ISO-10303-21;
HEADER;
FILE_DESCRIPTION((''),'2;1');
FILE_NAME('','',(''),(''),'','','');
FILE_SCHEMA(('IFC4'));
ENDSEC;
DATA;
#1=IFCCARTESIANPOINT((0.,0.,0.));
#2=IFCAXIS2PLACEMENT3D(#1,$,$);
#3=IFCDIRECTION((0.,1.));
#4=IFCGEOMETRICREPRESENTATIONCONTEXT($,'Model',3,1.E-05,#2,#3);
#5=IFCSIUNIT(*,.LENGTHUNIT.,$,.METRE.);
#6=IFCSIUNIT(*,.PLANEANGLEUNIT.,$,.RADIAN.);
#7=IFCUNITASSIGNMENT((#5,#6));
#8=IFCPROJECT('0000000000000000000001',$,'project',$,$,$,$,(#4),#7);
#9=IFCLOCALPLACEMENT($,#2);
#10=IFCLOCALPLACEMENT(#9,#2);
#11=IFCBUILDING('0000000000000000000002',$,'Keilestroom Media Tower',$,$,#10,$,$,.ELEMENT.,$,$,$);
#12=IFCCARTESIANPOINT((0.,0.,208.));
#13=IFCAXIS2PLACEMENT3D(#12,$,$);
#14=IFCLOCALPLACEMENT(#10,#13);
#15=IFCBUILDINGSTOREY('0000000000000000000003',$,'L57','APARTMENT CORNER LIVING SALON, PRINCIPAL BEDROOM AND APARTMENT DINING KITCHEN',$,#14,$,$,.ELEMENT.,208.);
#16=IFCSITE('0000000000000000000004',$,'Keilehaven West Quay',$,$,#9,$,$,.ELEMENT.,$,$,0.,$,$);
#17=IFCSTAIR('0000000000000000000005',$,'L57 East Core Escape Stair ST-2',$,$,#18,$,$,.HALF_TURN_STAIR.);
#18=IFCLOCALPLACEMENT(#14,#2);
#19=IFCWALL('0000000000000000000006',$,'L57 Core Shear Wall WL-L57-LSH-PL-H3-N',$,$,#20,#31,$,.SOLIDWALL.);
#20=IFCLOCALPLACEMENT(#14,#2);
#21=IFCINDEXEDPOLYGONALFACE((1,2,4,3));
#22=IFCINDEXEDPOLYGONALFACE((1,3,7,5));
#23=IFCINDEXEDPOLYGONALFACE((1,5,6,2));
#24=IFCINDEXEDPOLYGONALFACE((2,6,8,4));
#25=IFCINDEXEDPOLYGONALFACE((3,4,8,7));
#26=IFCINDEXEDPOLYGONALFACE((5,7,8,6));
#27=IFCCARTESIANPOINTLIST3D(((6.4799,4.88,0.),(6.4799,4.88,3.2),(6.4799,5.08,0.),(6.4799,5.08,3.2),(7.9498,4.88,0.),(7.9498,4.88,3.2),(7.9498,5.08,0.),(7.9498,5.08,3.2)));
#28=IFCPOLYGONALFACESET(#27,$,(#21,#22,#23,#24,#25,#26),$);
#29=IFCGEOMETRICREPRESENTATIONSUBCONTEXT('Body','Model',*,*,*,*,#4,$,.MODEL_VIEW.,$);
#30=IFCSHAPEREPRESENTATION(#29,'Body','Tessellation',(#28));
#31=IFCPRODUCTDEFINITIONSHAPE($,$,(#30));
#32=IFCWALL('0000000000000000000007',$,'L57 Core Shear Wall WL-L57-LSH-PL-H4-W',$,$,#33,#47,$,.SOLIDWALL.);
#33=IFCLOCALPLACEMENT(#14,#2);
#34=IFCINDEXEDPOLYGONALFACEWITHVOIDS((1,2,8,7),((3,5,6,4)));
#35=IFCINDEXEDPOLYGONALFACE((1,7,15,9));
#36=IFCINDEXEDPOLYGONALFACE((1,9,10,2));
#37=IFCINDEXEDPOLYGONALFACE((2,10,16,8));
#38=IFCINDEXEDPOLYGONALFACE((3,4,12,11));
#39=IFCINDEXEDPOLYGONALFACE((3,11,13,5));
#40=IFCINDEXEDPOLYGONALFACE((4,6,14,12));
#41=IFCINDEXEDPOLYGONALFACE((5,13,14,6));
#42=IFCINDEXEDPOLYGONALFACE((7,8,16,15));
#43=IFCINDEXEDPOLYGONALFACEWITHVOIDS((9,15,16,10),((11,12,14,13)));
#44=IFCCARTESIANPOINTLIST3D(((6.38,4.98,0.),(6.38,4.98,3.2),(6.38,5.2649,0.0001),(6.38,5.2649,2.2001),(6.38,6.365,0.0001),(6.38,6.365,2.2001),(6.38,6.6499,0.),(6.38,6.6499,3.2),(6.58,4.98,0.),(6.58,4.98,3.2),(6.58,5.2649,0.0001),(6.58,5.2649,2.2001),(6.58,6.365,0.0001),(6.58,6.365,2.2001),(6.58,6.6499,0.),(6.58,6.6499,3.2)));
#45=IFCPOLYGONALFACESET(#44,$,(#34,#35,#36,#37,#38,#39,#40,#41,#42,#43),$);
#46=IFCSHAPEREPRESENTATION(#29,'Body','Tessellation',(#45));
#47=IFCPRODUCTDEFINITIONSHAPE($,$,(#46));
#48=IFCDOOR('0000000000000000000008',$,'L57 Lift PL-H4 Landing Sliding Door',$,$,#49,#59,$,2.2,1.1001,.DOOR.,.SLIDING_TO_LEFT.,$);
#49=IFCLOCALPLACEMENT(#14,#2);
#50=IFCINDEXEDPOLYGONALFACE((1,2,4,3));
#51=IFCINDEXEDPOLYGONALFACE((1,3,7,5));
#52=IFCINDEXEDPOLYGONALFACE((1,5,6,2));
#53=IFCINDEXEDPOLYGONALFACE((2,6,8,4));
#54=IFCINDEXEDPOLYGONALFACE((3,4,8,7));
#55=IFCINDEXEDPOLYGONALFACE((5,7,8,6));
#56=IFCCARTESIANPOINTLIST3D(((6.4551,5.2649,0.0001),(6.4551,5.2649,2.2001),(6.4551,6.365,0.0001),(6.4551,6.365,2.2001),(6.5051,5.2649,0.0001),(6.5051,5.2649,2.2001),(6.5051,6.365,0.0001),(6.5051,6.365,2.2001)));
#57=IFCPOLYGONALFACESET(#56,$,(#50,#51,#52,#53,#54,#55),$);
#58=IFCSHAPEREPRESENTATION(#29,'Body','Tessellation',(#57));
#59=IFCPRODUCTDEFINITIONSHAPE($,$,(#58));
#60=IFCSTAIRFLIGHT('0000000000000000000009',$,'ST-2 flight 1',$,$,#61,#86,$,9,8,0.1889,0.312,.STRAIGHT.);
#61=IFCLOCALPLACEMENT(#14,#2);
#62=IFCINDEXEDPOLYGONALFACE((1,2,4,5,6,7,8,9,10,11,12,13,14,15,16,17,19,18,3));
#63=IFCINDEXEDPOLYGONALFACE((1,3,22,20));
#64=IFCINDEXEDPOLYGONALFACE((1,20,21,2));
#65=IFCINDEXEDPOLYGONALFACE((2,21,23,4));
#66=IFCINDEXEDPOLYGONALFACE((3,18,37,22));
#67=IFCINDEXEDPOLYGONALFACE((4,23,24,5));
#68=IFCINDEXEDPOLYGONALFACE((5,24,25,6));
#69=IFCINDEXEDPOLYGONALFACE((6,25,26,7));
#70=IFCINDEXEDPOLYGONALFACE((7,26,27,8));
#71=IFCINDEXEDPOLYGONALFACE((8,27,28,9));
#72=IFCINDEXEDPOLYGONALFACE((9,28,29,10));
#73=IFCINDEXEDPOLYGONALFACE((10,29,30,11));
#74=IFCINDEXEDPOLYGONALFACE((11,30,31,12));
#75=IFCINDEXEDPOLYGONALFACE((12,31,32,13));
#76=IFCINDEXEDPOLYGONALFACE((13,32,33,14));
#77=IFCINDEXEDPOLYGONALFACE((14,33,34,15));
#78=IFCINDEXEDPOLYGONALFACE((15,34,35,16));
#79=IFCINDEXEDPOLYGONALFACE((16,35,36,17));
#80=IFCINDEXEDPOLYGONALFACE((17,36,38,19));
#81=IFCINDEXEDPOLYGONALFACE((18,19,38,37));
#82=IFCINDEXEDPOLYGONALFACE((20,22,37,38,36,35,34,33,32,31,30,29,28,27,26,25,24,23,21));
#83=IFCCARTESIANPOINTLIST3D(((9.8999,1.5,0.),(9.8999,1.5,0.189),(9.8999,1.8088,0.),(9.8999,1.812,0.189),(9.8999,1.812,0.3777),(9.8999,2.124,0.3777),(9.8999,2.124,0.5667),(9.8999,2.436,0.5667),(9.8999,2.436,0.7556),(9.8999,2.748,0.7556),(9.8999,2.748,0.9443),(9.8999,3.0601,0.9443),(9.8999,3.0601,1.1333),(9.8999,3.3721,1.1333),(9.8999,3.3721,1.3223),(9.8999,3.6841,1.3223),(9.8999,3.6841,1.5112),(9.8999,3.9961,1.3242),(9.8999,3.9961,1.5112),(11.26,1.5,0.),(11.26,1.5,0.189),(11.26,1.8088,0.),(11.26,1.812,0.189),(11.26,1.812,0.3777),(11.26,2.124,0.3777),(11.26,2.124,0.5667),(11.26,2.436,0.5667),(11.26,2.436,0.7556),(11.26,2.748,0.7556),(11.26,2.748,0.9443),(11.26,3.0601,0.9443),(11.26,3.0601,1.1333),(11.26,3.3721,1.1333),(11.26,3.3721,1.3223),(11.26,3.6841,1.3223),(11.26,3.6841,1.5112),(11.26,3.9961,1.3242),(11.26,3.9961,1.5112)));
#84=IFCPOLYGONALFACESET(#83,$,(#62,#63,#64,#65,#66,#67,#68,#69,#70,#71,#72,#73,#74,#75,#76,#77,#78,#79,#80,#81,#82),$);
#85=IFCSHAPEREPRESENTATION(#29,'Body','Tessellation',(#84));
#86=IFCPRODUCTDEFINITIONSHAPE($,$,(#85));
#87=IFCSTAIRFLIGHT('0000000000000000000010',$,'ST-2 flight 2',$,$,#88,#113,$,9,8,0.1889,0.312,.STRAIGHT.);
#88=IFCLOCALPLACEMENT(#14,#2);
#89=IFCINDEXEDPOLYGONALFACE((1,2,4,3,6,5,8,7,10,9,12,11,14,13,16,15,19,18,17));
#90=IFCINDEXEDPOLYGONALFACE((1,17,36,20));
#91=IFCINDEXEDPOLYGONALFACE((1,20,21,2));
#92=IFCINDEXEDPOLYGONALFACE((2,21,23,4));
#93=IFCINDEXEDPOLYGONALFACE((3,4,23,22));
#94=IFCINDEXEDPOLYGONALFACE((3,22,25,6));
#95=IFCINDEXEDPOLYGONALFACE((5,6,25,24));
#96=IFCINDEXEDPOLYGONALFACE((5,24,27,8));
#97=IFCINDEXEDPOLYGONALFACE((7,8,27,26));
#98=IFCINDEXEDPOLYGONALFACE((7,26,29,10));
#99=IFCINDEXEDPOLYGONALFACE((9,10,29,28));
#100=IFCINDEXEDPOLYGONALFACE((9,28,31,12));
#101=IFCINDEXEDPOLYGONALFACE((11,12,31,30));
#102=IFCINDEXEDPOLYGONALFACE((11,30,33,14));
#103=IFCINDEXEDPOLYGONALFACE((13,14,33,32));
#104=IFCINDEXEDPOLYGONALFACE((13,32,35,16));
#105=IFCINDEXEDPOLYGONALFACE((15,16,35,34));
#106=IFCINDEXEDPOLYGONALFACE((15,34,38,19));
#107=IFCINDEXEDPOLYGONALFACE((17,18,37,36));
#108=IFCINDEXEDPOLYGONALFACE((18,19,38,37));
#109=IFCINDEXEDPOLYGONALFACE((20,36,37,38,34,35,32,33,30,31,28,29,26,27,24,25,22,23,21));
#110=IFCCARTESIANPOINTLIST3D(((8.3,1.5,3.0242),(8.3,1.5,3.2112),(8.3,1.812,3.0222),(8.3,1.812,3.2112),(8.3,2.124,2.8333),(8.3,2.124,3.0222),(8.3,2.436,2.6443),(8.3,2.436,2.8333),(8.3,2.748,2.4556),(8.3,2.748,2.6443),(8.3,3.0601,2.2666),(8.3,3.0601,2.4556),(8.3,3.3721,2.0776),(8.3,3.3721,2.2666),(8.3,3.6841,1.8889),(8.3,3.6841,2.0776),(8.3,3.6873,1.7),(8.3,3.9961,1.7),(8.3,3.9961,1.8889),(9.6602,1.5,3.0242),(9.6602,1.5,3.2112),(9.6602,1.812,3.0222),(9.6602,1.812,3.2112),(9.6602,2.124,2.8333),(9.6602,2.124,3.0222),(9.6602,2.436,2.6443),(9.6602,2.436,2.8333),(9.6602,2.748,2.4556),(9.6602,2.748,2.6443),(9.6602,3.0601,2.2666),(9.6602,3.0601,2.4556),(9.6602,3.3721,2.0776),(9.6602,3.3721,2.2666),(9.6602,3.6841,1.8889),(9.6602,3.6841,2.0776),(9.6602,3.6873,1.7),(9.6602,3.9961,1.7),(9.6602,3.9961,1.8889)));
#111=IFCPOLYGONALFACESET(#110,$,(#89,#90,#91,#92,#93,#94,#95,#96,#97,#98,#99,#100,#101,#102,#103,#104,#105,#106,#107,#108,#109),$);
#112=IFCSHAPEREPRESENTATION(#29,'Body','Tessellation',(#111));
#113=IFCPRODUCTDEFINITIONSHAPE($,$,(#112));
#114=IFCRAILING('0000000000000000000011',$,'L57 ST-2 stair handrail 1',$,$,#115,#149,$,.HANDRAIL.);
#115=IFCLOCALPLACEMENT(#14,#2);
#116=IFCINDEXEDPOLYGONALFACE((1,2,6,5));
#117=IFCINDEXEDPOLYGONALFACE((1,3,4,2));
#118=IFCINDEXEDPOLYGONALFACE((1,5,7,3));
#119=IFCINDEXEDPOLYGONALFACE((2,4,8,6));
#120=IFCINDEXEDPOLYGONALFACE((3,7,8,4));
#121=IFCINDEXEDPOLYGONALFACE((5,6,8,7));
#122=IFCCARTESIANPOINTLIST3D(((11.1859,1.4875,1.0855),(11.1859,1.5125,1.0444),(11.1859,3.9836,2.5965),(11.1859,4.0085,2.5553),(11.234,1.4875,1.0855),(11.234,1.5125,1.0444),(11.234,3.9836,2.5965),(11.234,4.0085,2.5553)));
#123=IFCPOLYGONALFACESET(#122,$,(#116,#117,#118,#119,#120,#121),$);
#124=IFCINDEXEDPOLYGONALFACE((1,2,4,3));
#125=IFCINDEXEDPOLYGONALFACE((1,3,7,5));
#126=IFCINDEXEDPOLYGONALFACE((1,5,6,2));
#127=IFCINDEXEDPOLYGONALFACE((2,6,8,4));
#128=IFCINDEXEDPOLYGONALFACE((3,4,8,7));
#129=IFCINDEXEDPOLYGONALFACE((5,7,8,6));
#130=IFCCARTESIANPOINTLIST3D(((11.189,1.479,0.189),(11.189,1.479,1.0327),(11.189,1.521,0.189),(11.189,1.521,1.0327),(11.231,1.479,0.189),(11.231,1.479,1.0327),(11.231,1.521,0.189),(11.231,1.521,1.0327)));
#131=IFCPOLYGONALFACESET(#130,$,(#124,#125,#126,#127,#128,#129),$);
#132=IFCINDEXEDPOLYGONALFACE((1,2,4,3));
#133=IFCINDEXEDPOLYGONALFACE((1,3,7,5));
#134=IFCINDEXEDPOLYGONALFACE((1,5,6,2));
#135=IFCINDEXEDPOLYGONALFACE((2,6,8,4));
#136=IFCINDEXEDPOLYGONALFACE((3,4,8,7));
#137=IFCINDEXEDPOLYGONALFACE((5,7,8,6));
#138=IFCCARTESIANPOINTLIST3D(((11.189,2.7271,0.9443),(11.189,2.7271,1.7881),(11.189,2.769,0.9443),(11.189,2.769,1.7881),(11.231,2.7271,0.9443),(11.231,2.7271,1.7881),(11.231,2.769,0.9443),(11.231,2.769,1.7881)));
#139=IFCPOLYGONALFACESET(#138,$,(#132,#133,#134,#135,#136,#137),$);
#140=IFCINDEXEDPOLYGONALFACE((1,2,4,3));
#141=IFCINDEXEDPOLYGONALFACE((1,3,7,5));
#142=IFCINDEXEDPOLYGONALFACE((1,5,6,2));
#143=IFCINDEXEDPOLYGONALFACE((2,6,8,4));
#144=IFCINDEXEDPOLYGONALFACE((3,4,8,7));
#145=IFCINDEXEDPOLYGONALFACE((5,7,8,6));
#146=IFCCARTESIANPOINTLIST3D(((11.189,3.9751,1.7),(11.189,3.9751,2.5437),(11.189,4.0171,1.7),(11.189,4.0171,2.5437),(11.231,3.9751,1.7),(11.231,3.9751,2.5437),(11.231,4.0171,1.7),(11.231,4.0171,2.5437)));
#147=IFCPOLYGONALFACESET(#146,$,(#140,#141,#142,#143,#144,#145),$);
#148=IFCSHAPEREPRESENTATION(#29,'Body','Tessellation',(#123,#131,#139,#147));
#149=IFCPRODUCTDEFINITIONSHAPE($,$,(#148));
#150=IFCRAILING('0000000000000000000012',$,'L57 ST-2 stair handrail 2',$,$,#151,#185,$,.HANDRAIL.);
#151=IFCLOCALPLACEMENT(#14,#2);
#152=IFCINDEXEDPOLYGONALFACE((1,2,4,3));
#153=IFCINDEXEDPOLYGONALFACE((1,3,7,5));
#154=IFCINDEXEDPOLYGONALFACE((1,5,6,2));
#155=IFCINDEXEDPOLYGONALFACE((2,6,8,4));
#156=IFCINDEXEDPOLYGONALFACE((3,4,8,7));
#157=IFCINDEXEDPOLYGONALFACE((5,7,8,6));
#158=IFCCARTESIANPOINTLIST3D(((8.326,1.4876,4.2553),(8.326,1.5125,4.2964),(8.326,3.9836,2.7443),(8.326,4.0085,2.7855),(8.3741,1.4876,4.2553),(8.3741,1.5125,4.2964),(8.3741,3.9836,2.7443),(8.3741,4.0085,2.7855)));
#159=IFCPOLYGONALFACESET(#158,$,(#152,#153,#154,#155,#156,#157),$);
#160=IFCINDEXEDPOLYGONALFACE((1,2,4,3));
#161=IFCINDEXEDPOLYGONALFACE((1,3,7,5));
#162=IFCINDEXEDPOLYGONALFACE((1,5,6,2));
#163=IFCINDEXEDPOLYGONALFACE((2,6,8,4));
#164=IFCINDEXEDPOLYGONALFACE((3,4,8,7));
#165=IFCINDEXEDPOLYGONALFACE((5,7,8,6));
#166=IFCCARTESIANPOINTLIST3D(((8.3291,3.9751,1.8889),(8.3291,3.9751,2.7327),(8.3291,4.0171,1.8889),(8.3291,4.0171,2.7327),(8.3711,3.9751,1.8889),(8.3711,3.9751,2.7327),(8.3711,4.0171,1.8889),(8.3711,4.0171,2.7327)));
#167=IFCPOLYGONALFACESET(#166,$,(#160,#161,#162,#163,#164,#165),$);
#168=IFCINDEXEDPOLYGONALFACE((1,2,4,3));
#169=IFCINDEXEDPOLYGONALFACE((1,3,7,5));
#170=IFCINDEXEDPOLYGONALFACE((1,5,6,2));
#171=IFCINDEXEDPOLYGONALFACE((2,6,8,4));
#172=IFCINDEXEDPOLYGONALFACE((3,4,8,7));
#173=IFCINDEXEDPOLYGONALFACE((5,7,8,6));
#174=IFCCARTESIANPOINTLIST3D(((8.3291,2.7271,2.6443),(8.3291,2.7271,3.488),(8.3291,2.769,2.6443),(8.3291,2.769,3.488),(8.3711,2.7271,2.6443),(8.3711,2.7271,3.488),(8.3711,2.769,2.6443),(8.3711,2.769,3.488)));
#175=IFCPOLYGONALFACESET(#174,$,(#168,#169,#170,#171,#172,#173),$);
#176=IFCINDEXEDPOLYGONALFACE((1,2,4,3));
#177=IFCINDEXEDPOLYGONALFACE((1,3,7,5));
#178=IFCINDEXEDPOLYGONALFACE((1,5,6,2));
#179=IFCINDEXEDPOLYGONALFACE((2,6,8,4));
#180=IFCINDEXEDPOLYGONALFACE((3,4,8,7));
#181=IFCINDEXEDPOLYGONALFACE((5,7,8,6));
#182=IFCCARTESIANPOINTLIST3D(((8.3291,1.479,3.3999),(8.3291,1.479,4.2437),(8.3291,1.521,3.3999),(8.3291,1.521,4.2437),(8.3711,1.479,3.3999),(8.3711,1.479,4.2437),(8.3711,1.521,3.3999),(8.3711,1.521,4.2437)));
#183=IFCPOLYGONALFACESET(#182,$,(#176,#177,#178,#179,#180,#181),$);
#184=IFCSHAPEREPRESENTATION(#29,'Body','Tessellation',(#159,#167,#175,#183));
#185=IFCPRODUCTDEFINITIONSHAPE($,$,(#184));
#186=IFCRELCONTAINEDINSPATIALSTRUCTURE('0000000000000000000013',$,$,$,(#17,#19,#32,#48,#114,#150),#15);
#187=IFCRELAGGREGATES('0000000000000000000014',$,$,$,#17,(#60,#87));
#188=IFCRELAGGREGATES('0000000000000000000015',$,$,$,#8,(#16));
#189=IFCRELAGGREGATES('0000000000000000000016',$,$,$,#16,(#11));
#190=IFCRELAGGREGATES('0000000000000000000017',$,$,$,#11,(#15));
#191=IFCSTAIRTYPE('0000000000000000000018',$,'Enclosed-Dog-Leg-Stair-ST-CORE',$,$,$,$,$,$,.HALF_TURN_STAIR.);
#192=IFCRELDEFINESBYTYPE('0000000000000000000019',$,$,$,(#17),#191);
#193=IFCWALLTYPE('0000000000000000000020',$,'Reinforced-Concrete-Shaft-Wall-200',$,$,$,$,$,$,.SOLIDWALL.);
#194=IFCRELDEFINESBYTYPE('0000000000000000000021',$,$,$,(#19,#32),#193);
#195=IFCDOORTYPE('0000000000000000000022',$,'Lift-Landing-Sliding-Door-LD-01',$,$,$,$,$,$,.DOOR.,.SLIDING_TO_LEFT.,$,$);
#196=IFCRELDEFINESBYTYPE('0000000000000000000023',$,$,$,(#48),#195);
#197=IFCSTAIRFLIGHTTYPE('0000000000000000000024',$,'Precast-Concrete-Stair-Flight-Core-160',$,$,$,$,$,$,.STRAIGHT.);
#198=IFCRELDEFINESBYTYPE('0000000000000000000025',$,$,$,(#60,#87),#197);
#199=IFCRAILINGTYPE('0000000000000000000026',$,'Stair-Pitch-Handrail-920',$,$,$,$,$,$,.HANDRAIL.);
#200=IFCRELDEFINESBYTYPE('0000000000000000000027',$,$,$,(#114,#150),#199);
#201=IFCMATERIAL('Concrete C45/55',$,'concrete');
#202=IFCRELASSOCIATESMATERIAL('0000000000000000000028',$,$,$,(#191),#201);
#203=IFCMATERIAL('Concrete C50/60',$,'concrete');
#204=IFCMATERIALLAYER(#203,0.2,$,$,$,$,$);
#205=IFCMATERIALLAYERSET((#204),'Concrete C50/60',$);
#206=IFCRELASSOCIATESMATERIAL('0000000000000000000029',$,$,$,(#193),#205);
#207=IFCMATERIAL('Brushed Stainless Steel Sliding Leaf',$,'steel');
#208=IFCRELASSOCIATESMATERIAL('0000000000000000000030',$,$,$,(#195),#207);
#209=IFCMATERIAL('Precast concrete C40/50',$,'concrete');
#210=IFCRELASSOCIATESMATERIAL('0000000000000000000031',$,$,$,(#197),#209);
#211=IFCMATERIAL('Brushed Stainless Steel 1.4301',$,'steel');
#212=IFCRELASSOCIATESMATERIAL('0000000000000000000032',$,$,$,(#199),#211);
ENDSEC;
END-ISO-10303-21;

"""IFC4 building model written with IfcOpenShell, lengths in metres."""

from ifc_helpers import new_model, si_unit, direction, frame, frame_2d, origin, origin_2d, place, context, subcontext, project, spatial, polyline, rectangle, outline, extrude, source, transform, mapped, material, layer, layer_set, type_object, element, fill, aggregate, save


model = new_model("IFC4")

# Units and contexts
model_context = context("Model", 3, precision=1e-05, world=origin(), true_north=direction((0.0, 1.0)))
body_context = subcontext(model_context, "Body", "Model", "MODEL_VIEW")
ifc_project = project(units=[si_unit("LENGTHUNIT", "METRE"), si_unit("PLANEANGLEUNIT", "RADIAN")], contexts=[model_context])

# Site, building, storey
site_placement = place(None, origin())
site = spatial("IfcSite", under=ifc_project, at=site_placement, Name="Keilehaven West Quay", CompositionType="ELEMENT", RefElevation=0.0)
building_placement = place(site_placement, origin())
building = spatial("IfcBuilding", under=site, at=building_placement, Name="Keilestroom Media Tower", CompositionType="ELEMENT")
storey_placement = place(building_placement, frame((0.0, 0.0, 208.0)))
storey = spatial("IfcBuildingStorey", under=building, at=storey_placement, Name="L57", Description="APARTMENT CORNER LIVING SALON, PRINCIPAL BEDROOM AND APARTMENT DINING KITCHEN", CompositionType="ELEMENT", Elevation=208.0)

# Stair
ifc_material_1 = material(Name="Concrete C45/55", Category="concrete")
stair_type = type_object("IfcStairType", Name="Enclosed-Dog-Leg-Stair-ST-CORE", PredefinedType="HALF_TURN_STAIR", material=ifc_material_1)
stair_1_placement = place(storey_placement, origin())
stair_1 = element("IfcStair", 1, at=stair_1_placement, inside=storey, type_object=stair_type, Name="L57 East Core Escape Stair ST-2", PredefinedType="HALF_TURN_STAIR")

# Shared definitions
ifc_material_2 = material(Name="Concrete C50/60", Category="concrete")
ifc_layer_1 = layer(ifc_material_2, 0.2)
ifc_layer_set_1 = layer_set([ifc_layer_1], Name="Concrete C50/60")
wall_type_1 = type_object("IfcWallType", Name="Reinforced-Concrete-Shaft-Wall-200", PredefinedType="SOLIDWALL", material=ifc_layer_set_1)

# Shared definitions
ifc_material_3 = material(Name="Brushed Stainless Steel Sliding Leaf", Category="steel")
door_type = type_object("IfcDoorType", Name="Lift-Landing-Sliding-Door-LD-01", OperationType="SLIDING_TO_LEFT", PredefinedType="DOOR", material=ifc_material_3)
shared_shape_1 = source(origin(), body_context, "Body", "SweptSolid", [
    extrude(rectangle(XDim=1.1001, YDim=2.2, at=frame_2d((0.55, 1.1001))), frame((0.0, 0.0249, 0.0), z_axis=(0.0, -1.0, 0.0), x_axis=(1.0, 0.0, 0.0)), (0.0, 0.0, 1.0), 0.05),
])

# Wall
wall_1_placement = place(storey_placement, frame((6.48, 4.98, 0.0), z_axis=(0.0, 0.0, 1.0), x_axis=(1.0, 0.0, 0.0)))
element("IfcWall", 2, at=wall_1_placement, inside=storey, type_object=wall_type_1, Name="L57 Core Shear Wall WL-L57-LSH-PL-H3-N", PredefinedType="SOLIDWALL", context=body_context, shape_type="SweptSolid", body=[
    extrude(rectangle(XDim=1.47, YDim=0.2, at=frame_2d((0.7349, 0.0))), origin(), (0.0, 0.0, 1.0), 3.2),
])

# Wall, opening, door
wall_2_placement = place(storey_placement, frame((6.48, 4.98, 0.0), z_axis=(0.0, 0.0, 1.0), x_axis=(0.0, 1.0, 0.0)))
wall_2 = element("IfcWall", 3, at=wall_2_placement, inside=storey, type_object=wall_type_1, Name="L57 Core Shear Wall WL-L57-LSH-PL-H4-W", PredefinedType="SOLIDWALL", context=body_context, shape_type="SweptSolid", body=[
    extrude(rectangle(XDim=1.6699, YDim=0.2, at=frame_2d((0.835, 0.0))), origin(), (0.0, 0.0, 1.0), 3.2),
])
opening_1_placement = place(wall_2_placement, frame((0.2849, 0.0, 0.0)))
opening_1 = element("IfcOpeningElement", 4, at=opening_1_placement, cuts=wall_2, PredefinedType="OPENING", context=body_context, shape_type="SweptSolid", body=[
    extrude(rectangle(XDim=1.1001, YDim=2.2, at=frame_2d((0.55, 1.1001))), frame((0.0, 0.1099, 0.0), z_axis=(0.0, -1.0, 0.0), x_axis=(1.0, 0.0, 0.0)), (0.0, 0.0, 1.0), 0.22),
])
door_1_placement = place(opening_1_placement, origin())
door_1 = element("IfcDoor", 5, at=door_1_placement, inside=storey, type_object=door_type, Name="L57 Lift PL-H4 Landing Sliding Door", OperationType="SLIDING_TO_LEFT", OverallHeight=2.2, OverallWidth=1.1001, PredefinedType="DOOR", context=body_context, shape_type="MappedRepresentation", body=[
    mapped(shared_shape_1, transform((0.0, 0.0, 0.0), x_axis=(1.0, 0.0, 0.0), y_axis=(0.0, 1.0, 0.0), z_axis=(0.0, 0.0, 1.0), scale=1.0)),
])
fill(opening_1, door_1)

# Stair flights
ifc_material_4 = material(Name="Precast concrete C40/50", Category="concrete")
stair_flight_type = type_object("IfcStairFlightType", Name="Precast-Concrete-Stair-Flight-Core-160", PredefinedType="STRAIGHT", material=ifc_material_4)
stair_flight_1_placement = place(storey_placement, frame((10.5801, 1.5, 0.0), z_axis=(0.0, 0.0, 1.0), x_axis=(0.0, 1.0, 0.0)))
stair_flight_1 = element("IfcStairFlight", 6, at=stair_flight_1_placement, type_object=stair_flight_type, Name="ST-2 flight 1", NumberOfRisers=9, NumberOfTreads=8, PredefinedType="STRAIGHT", RiserHeight=0.1889, TreadLength=0.312, context=body_context, shape_type="SweptSolid", body=[
    extrude(outline(polyline([(0.0, 0.0), (0.0, 0.189), (0.312, 0.189), (0.312, 0.3777), (0.624, 0.3777), (0.624, 0.5667), (0.936, 0.5667), (0.936, 0.7556), (1.248, 0.7556), (1.248, 0.9443), (1.5601, 0.9443), (1.5601, 1.1333), (1.8721, 1.1333), (1.8721, 1.3223), (2.1841, 1.3223), (2.1841, 1.5112), (2.4961, 1.5112), (2.4961, 1.7), (2.4961, 1.3242), (0.3088, 0.0), (0.0, 0.0)])), frame((0.0, 0.6802, 0.0), z_axis=(0.0, -1.0, 0.0), x_axis=(1.0, 0.0, 0.0)), (0.0, 0.0, 1.0), 1.3601),
])
stair_flight_2_placement = place(storey_placement, frame((8.98, 3.9961, 1.7), z_axis=(0.0, 0.0, 1.0), x_axis=(0.0, -1.0, 0.0)))
stair_flight_2 = element("IfcStairFlight", 7, at=stair_flight_2_placement, type_object=stair_flight_type, Name="ST-2 flight 2", NumberOfRisers=9, NumberOfTreads=8, PredefinedType="STRAIGHT", RiserHeight=0.1889, TreadLength=0.312, context=body_context, shape_type="SweptSolid", body=[
    extrude(outline(polyline([(0.0, 0.0), (0.0, 0.189), (0.312, 0.189), (0.312, 0.3777), (0.624, 0.3777), (0.624, 0.5667), (0.936, 0.5667), (0.936, 0.7556), (1.248, 0.7556), (1.248, 0.9443), (1.5601, 0.9443), (1.5601, 1.1333), (1.8721, 1.1333), (1.8721, 1.3223), (2.1841, 1.3223), (2.1841, 1.5112), (2.4961, 1.5112), (2.4961, 1.7), (2.4961, 1.3242), (0.3088, 0.0), (0.0, 0.0)])), frame((0.0, 0.6802, 0.0), z_axis=(0.0, -1.0, 0.0), x_axis=(1.0, 0.0, 0.0)), (0.0, 0.0, 1.0), 1.3601),
])
aggregate(stair_1, [stair_flight_1, stair_flight_2])

# Railings
ifc_material_5 = material(Name="Brushed Stainless Steel 1.4301", Category="steel")
railing_type_1 = type_object("IfcRailingType", Name="Stair-Pitch-Handrail-920", PredefinedType="HANDRAIL", material=ifc_material_5)
railing_1_placement = place(storey_placement, frame((11.21, 1.5, 0.189)))
element("IfcRailing", 8, at=railing_1_placement, inside=storey, type_object=railing_type_1, Name="L57 ST-2 stair handrail 1", PredefinedType="HANDRAIL", context=body_context, shape_type="SweptSolid", body=[
    extrude(rectangle(XDim=0.0481, YDim=0.0481, at=origin_2d()), frame((0.0, 0.0, 0.876), z_axis=(0.0, 0.855471, 0.517851), x_axis=(-1.0, 0.0, 0.0)), (0.0, 0.0, 1.0), 2.9177),
    extrude(rectangle(XDim=0.042, YDim=0.042, at=origin_2d()), origin(), (0.0, 0.0, 1.0), 0.8438),
    extrude(rectangle(XDim=0.042, YDim=0.042, at=origin_2d()), frame((0.0, 1.248, 0.7554)), (0.0, 0.0, 1.0), 0.8438),
    extrude(rectangle(XDim=0.042, YDim=0.042, at=origin_2d()), frame((0.0, 2.4961, 1.511)), (0.0, 0.0, 1.0), 0.8438),
])
railing_2_placement = place(storey_placement, frame((8.3501, 3.9961, 1.8889)))
element("IfcRailing", 9, at=railing_2_placement, inside=storey, type_object=railing_type_1, Name="L57 ST-2 stair handrail 2", PredefinedType="HANDRAIL", context=body_context, shape_type="SweptSolid", body=[
    extrude(rectangle(XDim=0.0481, YDim=0.0481, at=origin_2d()), frame((0.0, 0.0, 0.876), z_axis=(0.0, -0.855471, 0.517851), x_axis=(1.0, 0.0, 0.0)), (0.0, 0.0, 1.0), 2.9177),
    extrude(rectangle(XDim=0.042, YDim=0.042, at=origin_2d()), origin(), (0.0, 0.0, 1.0), 0.8438),
    extrude(rectangle(XDim=0.042, YDim=0.042, at=origin_2d()), frame((0.0, -1.248, 0.7554)), (0.0, 0.0, 1.0), 0.8438),
    extrude(rectangle(XDim=0.042, YDim=0.042, at=origin_2d()), frame((0.0, -2.4961, 1.511)), (0.0, 0.0, 1.0), 0.8438),
])

save(model, "model.ifc")
